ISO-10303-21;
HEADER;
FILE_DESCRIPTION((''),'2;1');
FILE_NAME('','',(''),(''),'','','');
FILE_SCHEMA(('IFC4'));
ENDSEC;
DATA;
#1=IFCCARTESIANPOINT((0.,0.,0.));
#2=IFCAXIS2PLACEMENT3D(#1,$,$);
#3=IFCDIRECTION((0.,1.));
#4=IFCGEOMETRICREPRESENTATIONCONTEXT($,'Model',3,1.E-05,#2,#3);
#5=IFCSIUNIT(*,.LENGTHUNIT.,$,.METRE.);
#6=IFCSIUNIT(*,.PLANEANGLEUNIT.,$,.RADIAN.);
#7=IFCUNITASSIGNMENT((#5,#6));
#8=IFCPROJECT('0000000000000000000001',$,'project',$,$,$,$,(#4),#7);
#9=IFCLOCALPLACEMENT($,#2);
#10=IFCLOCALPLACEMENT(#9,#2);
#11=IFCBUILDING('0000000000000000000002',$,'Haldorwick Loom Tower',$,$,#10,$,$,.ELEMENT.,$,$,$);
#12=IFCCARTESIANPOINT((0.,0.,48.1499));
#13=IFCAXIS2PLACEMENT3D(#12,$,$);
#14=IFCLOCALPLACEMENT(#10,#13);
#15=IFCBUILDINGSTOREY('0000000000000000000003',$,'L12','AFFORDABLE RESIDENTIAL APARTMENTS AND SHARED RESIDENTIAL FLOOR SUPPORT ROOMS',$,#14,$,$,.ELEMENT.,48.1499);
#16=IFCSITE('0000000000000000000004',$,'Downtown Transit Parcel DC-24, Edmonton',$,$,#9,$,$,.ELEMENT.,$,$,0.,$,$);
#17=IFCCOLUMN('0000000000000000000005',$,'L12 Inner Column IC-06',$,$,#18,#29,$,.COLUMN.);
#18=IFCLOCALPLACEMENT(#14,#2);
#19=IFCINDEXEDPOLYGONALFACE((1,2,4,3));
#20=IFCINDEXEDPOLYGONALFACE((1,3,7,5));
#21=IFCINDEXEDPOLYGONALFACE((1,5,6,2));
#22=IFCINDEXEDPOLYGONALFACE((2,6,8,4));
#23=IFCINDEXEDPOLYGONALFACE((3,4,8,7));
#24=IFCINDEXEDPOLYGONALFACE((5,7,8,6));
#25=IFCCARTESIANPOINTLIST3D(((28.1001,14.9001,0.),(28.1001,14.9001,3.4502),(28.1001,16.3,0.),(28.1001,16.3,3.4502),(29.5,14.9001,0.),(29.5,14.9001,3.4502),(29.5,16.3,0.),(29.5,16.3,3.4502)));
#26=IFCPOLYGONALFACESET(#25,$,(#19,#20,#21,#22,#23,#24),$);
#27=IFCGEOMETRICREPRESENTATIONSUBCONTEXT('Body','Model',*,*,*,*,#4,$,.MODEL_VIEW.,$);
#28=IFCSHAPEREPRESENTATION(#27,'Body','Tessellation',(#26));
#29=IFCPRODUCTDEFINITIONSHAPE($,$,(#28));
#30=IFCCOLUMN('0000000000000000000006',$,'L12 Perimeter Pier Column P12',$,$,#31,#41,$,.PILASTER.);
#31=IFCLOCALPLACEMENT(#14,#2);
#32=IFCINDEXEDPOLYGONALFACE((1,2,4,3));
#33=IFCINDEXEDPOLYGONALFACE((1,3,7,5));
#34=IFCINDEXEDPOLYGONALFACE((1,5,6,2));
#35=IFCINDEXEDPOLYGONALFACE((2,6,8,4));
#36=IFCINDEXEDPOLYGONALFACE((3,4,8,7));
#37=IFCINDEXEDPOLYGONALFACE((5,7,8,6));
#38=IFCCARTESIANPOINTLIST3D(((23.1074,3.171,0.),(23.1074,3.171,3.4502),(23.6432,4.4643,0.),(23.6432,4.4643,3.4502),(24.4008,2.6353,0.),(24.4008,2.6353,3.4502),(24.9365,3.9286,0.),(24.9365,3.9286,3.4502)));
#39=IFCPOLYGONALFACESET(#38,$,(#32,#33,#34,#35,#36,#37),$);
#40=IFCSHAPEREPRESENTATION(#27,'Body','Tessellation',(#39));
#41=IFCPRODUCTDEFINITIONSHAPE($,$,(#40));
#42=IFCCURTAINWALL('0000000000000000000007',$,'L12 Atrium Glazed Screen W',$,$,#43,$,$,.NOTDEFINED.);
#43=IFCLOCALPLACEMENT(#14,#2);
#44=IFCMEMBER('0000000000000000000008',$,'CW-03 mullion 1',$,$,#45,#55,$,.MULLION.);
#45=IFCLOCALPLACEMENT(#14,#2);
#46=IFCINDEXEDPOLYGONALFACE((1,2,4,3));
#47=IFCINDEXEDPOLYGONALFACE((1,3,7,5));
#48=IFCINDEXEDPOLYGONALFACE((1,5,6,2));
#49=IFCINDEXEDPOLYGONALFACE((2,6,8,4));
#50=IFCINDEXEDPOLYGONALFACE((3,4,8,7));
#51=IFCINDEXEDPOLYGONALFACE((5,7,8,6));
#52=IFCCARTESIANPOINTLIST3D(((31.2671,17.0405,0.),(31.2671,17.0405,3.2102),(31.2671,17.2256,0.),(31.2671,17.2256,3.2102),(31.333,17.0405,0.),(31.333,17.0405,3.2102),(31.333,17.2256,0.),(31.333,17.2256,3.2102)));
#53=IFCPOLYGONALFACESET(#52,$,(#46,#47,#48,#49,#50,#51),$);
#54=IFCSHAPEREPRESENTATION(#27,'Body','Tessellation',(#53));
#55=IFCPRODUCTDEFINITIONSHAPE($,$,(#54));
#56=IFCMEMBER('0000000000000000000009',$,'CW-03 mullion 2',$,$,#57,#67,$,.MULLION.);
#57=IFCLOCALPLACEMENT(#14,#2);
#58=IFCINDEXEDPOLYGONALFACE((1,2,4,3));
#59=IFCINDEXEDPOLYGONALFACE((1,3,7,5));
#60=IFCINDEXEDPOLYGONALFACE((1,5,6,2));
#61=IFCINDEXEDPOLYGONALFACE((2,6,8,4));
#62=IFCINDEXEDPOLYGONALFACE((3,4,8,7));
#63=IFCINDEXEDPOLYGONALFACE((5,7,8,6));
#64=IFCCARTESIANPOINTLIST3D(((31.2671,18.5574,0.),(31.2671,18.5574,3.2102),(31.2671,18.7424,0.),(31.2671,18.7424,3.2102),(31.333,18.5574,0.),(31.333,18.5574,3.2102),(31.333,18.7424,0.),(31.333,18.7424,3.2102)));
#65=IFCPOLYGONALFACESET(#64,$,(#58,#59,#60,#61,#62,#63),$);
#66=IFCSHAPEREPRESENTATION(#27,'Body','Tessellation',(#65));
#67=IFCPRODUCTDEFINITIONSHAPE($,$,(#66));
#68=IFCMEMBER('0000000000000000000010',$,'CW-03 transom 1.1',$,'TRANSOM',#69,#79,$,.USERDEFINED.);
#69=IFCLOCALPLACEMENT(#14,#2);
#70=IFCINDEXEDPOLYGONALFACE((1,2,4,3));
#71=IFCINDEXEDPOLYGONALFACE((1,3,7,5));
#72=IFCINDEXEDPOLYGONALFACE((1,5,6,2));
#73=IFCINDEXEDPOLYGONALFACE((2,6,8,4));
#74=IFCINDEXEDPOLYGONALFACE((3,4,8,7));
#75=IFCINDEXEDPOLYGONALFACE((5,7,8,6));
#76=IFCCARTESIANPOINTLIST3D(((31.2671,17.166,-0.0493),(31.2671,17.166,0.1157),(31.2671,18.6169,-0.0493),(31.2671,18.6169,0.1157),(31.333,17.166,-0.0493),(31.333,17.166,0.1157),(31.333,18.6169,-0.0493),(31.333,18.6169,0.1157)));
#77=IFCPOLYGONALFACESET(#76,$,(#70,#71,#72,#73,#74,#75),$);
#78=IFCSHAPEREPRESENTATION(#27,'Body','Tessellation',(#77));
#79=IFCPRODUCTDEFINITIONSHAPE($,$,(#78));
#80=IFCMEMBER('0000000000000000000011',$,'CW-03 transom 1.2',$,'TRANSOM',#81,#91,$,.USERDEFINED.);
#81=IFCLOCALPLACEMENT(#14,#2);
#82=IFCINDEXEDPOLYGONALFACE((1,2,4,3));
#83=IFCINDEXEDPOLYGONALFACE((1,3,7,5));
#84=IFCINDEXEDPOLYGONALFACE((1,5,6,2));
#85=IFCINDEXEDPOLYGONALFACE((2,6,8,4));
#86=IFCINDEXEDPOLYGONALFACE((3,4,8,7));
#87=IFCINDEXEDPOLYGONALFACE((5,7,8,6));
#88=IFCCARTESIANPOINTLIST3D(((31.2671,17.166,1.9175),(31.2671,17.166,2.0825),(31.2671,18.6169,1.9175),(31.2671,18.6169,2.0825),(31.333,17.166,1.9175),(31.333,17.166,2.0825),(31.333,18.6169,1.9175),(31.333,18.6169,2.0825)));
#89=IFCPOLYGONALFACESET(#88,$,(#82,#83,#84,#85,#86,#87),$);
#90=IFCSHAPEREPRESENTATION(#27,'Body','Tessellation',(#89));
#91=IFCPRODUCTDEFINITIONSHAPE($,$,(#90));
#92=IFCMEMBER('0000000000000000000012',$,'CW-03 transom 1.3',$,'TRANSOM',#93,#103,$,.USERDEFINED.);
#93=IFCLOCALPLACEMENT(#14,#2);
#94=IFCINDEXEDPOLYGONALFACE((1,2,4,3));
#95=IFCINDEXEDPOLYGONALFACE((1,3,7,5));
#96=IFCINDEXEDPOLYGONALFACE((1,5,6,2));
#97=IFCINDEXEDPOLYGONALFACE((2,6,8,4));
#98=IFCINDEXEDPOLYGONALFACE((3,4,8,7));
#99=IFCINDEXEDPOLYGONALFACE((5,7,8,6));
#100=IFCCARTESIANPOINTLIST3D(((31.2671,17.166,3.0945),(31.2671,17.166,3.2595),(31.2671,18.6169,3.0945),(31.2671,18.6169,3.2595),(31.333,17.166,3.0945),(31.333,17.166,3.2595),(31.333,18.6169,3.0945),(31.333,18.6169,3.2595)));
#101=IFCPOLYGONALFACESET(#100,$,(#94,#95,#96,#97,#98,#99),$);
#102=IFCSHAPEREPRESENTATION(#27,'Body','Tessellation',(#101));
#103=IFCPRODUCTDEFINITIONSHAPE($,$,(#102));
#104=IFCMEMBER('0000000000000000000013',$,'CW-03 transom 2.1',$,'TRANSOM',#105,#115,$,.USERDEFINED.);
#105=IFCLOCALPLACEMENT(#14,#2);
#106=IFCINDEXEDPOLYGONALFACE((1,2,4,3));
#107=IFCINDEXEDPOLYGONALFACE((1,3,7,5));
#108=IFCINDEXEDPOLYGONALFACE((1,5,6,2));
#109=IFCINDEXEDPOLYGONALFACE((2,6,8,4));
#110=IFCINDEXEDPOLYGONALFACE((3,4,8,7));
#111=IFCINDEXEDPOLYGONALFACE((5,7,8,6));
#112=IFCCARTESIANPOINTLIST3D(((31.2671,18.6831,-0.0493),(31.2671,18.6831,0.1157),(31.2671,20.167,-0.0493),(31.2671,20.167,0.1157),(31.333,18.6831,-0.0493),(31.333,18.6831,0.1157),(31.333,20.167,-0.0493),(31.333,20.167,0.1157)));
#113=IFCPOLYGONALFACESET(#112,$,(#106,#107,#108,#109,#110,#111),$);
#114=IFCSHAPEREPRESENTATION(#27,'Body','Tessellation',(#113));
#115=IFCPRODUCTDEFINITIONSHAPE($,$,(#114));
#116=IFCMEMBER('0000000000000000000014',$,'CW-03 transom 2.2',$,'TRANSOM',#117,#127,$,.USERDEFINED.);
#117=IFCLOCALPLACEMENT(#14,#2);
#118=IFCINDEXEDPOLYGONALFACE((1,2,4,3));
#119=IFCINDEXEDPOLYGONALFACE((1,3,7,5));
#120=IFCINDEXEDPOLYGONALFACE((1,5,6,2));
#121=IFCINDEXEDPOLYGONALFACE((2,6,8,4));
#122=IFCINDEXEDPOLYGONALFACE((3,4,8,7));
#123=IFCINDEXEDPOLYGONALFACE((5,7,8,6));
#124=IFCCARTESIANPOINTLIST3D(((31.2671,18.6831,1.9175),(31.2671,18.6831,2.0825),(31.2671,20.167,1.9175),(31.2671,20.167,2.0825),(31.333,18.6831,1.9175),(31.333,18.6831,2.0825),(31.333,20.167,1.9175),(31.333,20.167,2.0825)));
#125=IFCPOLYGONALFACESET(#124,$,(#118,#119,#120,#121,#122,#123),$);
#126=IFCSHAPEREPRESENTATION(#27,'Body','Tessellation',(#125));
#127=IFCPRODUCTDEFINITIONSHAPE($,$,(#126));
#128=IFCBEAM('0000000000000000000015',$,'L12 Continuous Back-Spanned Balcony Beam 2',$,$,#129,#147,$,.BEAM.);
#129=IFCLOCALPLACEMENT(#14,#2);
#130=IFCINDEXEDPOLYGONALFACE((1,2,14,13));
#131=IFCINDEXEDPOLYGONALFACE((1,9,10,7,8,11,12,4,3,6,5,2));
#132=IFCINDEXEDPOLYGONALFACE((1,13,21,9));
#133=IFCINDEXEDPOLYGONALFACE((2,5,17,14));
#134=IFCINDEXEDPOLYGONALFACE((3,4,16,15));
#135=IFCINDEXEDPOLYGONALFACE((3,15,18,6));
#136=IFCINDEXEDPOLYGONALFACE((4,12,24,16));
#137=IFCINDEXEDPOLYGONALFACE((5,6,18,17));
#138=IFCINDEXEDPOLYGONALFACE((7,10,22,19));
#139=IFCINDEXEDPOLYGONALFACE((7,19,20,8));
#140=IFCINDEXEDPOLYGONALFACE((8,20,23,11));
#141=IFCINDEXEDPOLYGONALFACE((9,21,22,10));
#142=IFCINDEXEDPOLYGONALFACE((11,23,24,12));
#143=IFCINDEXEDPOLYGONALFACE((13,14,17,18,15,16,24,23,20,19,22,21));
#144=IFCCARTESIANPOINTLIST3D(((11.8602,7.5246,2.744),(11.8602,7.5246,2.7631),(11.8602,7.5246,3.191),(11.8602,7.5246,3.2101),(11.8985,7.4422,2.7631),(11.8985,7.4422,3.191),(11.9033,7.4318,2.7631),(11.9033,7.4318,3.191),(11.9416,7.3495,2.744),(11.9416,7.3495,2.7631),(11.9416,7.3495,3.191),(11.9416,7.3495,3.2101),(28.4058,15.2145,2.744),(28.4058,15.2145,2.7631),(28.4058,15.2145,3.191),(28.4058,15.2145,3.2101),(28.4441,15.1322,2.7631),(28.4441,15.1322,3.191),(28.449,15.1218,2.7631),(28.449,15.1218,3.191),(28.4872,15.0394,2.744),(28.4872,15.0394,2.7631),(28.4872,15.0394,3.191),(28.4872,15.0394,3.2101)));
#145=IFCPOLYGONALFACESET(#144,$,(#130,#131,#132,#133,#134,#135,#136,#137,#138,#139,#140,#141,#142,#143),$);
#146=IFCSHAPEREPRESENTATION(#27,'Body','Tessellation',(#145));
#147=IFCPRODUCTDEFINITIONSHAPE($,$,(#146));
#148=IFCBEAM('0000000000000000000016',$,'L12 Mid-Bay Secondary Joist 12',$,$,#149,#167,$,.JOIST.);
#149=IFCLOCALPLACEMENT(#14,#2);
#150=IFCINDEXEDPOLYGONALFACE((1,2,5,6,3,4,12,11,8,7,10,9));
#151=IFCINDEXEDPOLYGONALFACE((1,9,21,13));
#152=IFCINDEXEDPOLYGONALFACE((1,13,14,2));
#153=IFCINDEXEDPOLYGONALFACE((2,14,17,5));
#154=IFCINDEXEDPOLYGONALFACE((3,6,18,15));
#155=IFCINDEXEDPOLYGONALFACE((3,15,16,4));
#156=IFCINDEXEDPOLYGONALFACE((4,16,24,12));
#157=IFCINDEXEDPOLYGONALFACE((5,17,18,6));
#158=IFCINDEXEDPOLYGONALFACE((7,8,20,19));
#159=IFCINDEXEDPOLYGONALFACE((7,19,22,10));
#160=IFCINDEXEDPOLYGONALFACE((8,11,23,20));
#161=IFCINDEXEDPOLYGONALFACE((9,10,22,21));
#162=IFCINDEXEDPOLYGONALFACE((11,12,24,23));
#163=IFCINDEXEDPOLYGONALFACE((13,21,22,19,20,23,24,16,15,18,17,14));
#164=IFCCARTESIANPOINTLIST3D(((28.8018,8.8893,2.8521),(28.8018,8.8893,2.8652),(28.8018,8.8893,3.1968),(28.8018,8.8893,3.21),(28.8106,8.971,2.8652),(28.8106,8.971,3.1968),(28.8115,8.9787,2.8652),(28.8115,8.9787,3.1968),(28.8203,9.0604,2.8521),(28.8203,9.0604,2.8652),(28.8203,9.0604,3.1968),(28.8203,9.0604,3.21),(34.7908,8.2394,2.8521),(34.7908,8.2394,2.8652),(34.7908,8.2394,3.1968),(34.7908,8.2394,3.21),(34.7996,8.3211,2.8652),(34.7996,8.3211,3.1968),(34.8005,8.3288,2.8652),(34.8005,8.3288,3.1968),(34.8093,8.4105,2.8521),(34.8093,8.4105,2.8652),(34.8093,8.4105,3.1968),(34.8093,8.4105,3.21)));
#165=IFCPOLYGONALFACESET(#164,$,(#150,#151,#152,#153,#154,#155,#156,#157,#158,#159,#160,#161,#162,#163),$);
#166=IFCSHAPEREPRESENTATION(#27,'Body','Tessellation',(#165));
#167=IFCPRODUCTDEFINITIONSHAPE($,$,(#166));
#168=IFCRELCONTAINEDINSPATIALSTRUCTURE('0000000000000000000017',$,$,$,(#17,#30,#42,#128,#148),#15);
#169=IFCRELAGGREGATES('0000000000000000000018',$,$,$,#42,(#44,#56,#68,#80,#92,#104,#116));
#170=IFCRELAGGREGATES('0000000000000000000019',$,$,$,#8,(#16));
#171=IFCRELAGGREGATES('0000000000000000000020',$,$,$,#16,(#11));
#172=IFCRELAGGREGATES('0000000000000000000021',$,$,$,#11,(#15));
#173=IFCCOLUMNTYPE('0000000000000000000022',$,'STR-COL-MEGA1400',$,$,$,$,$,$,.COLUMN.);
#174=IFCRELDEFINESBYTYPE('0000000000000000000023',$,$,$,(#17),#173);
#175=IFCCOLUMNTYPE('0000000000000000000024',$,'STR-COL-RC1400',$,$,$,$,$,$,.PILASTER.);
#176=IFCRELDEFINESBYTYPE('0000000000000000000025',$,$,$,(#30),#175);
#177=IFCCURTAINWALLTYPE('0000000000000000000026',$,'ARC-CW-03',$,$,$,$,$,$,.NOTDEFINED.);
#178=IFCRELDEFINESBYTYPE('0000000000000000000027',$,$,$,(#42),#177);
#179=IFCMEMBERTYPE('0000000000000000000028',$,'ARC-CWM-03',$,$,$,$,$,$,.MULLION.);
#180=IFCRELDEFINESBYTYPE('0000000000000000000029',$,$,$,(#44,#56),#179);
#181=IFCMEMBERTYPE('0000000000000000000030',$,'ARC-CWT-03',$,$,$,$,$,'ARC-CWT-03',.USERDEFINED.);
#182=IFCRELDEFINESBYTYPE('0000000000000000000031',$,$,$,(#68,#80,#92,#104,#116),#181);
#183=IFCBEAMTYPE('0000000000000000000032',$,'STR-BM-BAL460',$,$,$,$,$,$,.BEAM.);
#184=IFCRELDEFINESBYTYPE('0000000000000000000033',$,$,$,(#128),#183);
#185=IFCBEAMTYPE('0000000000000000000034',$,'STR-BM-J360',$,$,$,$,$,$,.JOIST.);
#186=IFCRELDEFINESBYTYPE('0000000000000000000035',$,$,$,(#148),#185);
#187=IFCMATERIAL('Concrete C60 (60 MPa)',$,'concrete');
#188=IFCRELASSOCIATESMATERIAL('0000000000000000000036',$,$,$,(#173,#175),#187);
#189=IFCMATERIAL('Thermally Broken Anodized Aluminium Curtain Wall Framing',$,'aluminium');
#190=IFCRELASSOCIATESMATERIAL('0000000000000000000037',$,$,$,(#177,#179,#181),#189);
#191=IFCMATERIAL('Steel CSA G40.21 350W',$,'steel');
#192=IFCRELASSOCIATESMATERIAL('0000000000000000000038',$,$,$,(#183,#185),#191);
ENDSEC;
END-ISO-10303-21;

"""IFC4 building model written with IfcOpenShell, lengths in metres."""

from ifc_helpers import new_model, si_unit, direction, frame, origin, origin_2d, place, context, subcontext, project, spatial, rectangle, i_section, extrude, material, material_profile, profile_set, type_object, element, aggregate, save


model = new_model("IFC4")

# Units and contexts
model_context = context("Model", 3, precision=1e-05, world=origin(), true_north=direction((0.0, 1.0)))
body_context = subcontext(model_context, "Body", "Model", "MODEL_VIEW")
ifc_project = project(units=[si_unit("LENGTHUNIT", "METRE"), si_unit("PLANEANGLEUNIT", "RADIAN")], contexts=[model_context])

# Site, building, storey
site_placement = place(None, origin())
site = spatial("IfcSite", under=ifc_project, at=site_placement, Name="Downtown Transit Parcel DC-24, Edmonton", CompositionType="ELEMENT", RefElevation=0.0)
building_placement = place(site_placement, origin())
building = spatial("IfcBuilding", under=site, at=building_placement, Name="Haldorwick Loom Tower", CompositionType="ELEMENT")
storey_placement = place(building_placement, frame((0.0, 0.0, 48.1499)))
storey = spatial("IfcBuildingStorey", under=building, at=storey_placement, Name="L12", Description="AFFORDABLE RESIDENTIAL APARTMENTS AND SHARED RESIDENTIAL FLOOR SUPPORT ROOMS", CompositionType="ELEMENT", Elevation=48.1499)

# Columns
ifc_material_1 = material(Name="Concrete C60 (60 MPa)", Category="concrete")
ifc_material_profile_1 = material_profile(ifc_material_1, rectangle(XDim=1.3999, YDim=1.3999, at=origin_2d()), Name="RC1400X1400", Category="concrete")
ifc_profile_set_1 = profile_set([ifc_material_profile_1], Name="Concrete C60 (60 MPa)")
column_type_1 = type_object("IfcColumnType", Name="STR-COL-MEGA1400", PredefinedType="COLUMN", material=ifc_profile_set_1)
column_1_placement = place(storey_placement, frame((28.8, 15.6001, 0.0), z_axis=(0.0, 0.0, 1.0), x_axis=(1.0, 0.0, 0.0)))
element("IfcColumn", 1, at=column_1_placement, inside=storey, type_object=column_type_1, Name="L12 Inner Column IC-06", PredefinedType="COLUMN", context=body_context, shape_type="SweptSolid", body=[
    extrude(rectangle(XDim=1.3999, YDim=1.3999, at=origin_2d()), origin(), (0.0, 0.0, 1.0), 3.4502),
])
ifc_material_profile_2 = material_profile(ifc_material_1, rectangle(XDim=1.3999, YDim=1.3999, at=origin_2d()), Name="RC1400X1400", Category="concrete")
ifc_profile_set_2 = profile_set([ifc_material_profile_2], Name="Concrete C60 (60 MPa)")
column_type_2 = type_object("IfcColumnType", Name="STR-COL-RC1400", PredefinedType="PILASTER", material=ifc_profile_set_2)
column_2_placement = place(storey_placement, frame((24.022, 3.5498, 0.0), z_axis=(0.0, 0.0, 1.0), x_axis=(-0.382683, -0.92388, 0.0)))
element("IfcColumn", 2, at=column_2_placement, inside=storey, type_object=column_type_2, Name="L12 Perimeter Pier Column P12", PredefinedType="PILASTER", context=body_context, shape_type="SweptSolid", body=[
    extrude(rectangle(XDim=1.3999, YDim=1.3999, at=origin_2d()), origin(), (0.0, 0.0, 1.0), 3.4502),
])

# Curtain wall, members
ifc_material_2 = material(Name="Thermally Broken Anodized Aluminium Curtain Wall Framing", Category="aluminium")
curtain_wall_type = type_object("IfcCurtainWallType", Name="ARC-CW-03", PredefinedType="NOTDEFINED", material=ifc_material_2)
curtain_wall_placement = place(storey_placement, origin())
curtain_wall = element("IfcCurtainWall", 3, at=curtain_wall_placement, inside=storey, type_object=curtain_wall_type, Name="L12 Atrium Glazed Screen W", PredefinedType="NOTDEFINED")
ifc_material_profile_3 = material_profile(ifc_material_2, rectangle(XDim=0.0659, YDim=0.1851, at=origin_2d()), Name="ALU_MUL_66X185", Category="aluminium")
ifc_profile_set_3 = profile_set([ifc_material_profile_3], Name="Thermally Broken Anodized Aluminium Curtain Wall Framing")
member_type_1 = type_object("IfcMemberType", Name="ARC-CWM-03", PredefinedType="MULLION", material=ifc_profile_set_3)
member_1_placement = place(storey_placement, frame((31.3, 17.1331, 0.0), z_axis=(0.0, 0.0, 1.0), x_axis=(-1.0, 0.0, 0.0)))
member_1 = element("IfcMember", 4, at=member_1_placement, type_object=member_type_1, Name="CW-03 mullion 1", PredefinedType="MULLION", context=body_context, shape_type="SweptSolid", body=[
    extrude(rectangle(XDim=0.0659, YDim=0.1851, at=origin_2d()), origin(), (0.0, 0.0, 1.0), 3.2102),
])
member_2_placement = place(storey_placement, frame((31.3, 18.6499, 0.0), z_axis=(0.0, 0.0, 1.0), x_axis=(-1.0, 0.0, 0.0)))
member_2 = element("IfcMember", 5, at=member_2_placement, type_object=member_type_1, Name="CW-03 mullion 2", PredefinedType="MULLION", context=body_context, shape_type="SweptSolid", body=[
    extrude(rectangle(XDim=0.0659, YDim=0.1851, at=origin_2d()), origin(), (0.0, 0.0, 1.0), 3.2102),
])
ifc_material_profile_4 = material_profile(ifc_material_2, rectangle(XDim=0.0659, YDim=0.165, at=origin_2d()), Name="ALU_TRN_66X165", Category="aluminium")
ifc_profile_set_4 = profile_set([ifc_material_profile_4], Name="Thermally Broken Anodized Aluminium Curtain Wall Framing")
member_type_2 = type_object("IfcMemberType", Name="ARC-CWT-03", ElementType="ARC-CWT-03", PredefinedType="USERDEFINED", material=ifc_profile_set_4)
member_3_placement = place(storey_placement, frame((31.3, 17.166, 0.0332), z_axis=(0.0, 1.0, 0.0), x_axis=(-1.0, 0.0, 0.0)))
member_3 = element("IfcMember", 6, at=member_3_placement, type_object=member_type_2, Name="CW-03 transom 1.1", ObjectType="TRANSOM", PredefinedType="USERDEFINED", context=body_context, shape_type="SweptSolid", body=[
    extrude(rectangle(XDim=0.0659, YDim=0.165, at=origin_2d()), origin(), (0.0, 0.0, 1.0), 1.4509),
])
member_4_placement = place(storey_placement, frame((31.3, 17.166, 2.0), z_axis=(0.0, 1.0, 0.0), x_axis=(-1.0, 0.0, 0.0)))
member_4 = element("IfcMember", 7, at=member_4_placement, type_object=member_type_2, Name="CW-03 transom 1.2", ObjectType="TRANSOM", PredefinedType="USERDEFINED", context=body_context, shape_type="SweptSolid", body=[
    extrude(rectangle(XDim=0.0659, YDim=0.165, at=origin_2d()), origin(), (0.0, 0.0, 1.0), 1.4509),
])
member_5_placement = place(storey_placement, frame((31.3, 17.166, 3.177), z_axis=(0.0, 1.0, 0.0), x_axis=(-1.0, 0.0, 0.0)))
member_5 = element("IfcMember", 8, at=member_5_placement, type_object=member_type_2, Name="CW-03 transom 1.3", ObjectType="TRANSOM", PredefinedType="USERDEFINED", context=body_context, shape_type="SweptSolid", body=[
    extrude(rectangle(XDim=0.0659, YDim=0.165, at=origin_2d()), origin(), (0.0, 0.0, 1.0), 1.4509),
])
member_6_placement = place(storey_placement, frame((31.3, 18.6831, 0.0332), z_axis=(0.0, 1.0, 0.0), x_axis=(-1.0, 0.0, 0.0)))
member_6 = element("IfcMember", 9, at=member_6_placement, type_object=member_type_2, Name="CW-03 transom 2.1", ObjectType="TRANSOM", PredefinedType="USERDEFINED", context=body_context, shape_type="SweptSolid", body=[
    extrude(rectangle(XDim=0.0659, YDim=0.165, at=origin_2d()), origin(), (0.0, 0.0, 1.0), 1.4839),
])
member_7_placement = place(storey_placement, frame((31.3, 18.6831, 2.0), z_axis=(0.0, 1.0, 0.0), x_axis=(-1.0, 0.0, 0.0)))
member_7 = element("IfcMember", 10, at=member_7_placement, type_object=member_type_2, Name="CW-03 transom 2.2", ObjectType="TRANSOM", PredefinedType="USERDEFINED", context=body_context, shape_type="SweptSolid", body=[
    extrude(rectangle(XDim=0.0659, YDim=0.165, at=origin_2d()), origin(), (0.0, 0.0, 1.0), 1.4839),
])

# Beams
ifc_material_3 = material(Name="Steel CSA G40.21 350W", Category="steel")
ifc_material_profile_5 = material_profile(ifc_material_3, i_section(OverallWidth=0.1931, OverallDepth=0.4661, WebThickness=0.0115, FlangeThickness=0.019, at=origin_2d()), Name="W460X97", Category="steel")
ifc_profile_set_5 = profile_set([ifc_material_profile_5], Name="Steel CSA G40.21 350W")
beam_type_1 = type_object("IfcBeamType", Name="STR-BM-BAL460", PredefinedType="BEAM", material=ifc_profile_set_5)
beam_1_placement = place(storey_placement, frame((28.4465, 15.127, 2.9771), z_axis=(-0.906841, -0.421473, 0.0), x_axis=(0.421473, -0.906841, 0.0)))
element("IfcBeam", 11, at=beam_1_placement, inside=storey, type_object=beam_type_1, Name="L12 Continuous Back-Spanned Balcony Beam 2", PredefinedType="BEAM", context=body_context, shape_type="SweptSolid", body=[
    extrude(i_section(OverallWidth=0.1931, OverallDepth=0.4661, WebThickness=0.0115, FlangeThickness=0.019, at=origin_2d()), origin(), (0.0, 0.0, 1.0), 18.2454),
])
ifc_material_profile_6 = material_profile(ifc_material_3, i_section(OverallWidth=0.1721, OverallDepth=0.3579, WebThickness=0.0078, FlangeThickness=0.0132, at=origin_2d()), Name="W360X57", Category="steel")
ifc_profile_set_6 = profile_set([ifc_material_profile_6], Name="Steel CSA G40.21 350W")
beam_type_2 = type_object("IfcBeamType", Name="STR-BM-J360", PredefinedType="JOIST", material=ifc_profile_set_6)
beam_2_placement = place(storey_placement, frame((28.811, 8.9749, 3.031), z_axis=(0.994164, -0.107882, 0.0), x_axis=(0.107882, 0.994164, 0.0)))
element("IfcBeam", 12, at=beam_2_placement, inside=storey, type_object=beam_type_2, Name="L12 Mid-Bay Secondary Joist 12", PredefinedType="JOIST", context=body_context, shape_type="SweptSolid", body=[
    extrude(i_section(OverallWidth=0.1721, OverallDepth=0.3579, WebThickness=0.0078, FlangeThickness=0.0132, at=origin_2d()), origin(), (0.0, 0.0, 1.0), 6.0242),
])

aggregate(curtain_wall, [member_1, member_2, member_3, member_4, member_5, member_6, member_7])

save(model, "model.ifc")
